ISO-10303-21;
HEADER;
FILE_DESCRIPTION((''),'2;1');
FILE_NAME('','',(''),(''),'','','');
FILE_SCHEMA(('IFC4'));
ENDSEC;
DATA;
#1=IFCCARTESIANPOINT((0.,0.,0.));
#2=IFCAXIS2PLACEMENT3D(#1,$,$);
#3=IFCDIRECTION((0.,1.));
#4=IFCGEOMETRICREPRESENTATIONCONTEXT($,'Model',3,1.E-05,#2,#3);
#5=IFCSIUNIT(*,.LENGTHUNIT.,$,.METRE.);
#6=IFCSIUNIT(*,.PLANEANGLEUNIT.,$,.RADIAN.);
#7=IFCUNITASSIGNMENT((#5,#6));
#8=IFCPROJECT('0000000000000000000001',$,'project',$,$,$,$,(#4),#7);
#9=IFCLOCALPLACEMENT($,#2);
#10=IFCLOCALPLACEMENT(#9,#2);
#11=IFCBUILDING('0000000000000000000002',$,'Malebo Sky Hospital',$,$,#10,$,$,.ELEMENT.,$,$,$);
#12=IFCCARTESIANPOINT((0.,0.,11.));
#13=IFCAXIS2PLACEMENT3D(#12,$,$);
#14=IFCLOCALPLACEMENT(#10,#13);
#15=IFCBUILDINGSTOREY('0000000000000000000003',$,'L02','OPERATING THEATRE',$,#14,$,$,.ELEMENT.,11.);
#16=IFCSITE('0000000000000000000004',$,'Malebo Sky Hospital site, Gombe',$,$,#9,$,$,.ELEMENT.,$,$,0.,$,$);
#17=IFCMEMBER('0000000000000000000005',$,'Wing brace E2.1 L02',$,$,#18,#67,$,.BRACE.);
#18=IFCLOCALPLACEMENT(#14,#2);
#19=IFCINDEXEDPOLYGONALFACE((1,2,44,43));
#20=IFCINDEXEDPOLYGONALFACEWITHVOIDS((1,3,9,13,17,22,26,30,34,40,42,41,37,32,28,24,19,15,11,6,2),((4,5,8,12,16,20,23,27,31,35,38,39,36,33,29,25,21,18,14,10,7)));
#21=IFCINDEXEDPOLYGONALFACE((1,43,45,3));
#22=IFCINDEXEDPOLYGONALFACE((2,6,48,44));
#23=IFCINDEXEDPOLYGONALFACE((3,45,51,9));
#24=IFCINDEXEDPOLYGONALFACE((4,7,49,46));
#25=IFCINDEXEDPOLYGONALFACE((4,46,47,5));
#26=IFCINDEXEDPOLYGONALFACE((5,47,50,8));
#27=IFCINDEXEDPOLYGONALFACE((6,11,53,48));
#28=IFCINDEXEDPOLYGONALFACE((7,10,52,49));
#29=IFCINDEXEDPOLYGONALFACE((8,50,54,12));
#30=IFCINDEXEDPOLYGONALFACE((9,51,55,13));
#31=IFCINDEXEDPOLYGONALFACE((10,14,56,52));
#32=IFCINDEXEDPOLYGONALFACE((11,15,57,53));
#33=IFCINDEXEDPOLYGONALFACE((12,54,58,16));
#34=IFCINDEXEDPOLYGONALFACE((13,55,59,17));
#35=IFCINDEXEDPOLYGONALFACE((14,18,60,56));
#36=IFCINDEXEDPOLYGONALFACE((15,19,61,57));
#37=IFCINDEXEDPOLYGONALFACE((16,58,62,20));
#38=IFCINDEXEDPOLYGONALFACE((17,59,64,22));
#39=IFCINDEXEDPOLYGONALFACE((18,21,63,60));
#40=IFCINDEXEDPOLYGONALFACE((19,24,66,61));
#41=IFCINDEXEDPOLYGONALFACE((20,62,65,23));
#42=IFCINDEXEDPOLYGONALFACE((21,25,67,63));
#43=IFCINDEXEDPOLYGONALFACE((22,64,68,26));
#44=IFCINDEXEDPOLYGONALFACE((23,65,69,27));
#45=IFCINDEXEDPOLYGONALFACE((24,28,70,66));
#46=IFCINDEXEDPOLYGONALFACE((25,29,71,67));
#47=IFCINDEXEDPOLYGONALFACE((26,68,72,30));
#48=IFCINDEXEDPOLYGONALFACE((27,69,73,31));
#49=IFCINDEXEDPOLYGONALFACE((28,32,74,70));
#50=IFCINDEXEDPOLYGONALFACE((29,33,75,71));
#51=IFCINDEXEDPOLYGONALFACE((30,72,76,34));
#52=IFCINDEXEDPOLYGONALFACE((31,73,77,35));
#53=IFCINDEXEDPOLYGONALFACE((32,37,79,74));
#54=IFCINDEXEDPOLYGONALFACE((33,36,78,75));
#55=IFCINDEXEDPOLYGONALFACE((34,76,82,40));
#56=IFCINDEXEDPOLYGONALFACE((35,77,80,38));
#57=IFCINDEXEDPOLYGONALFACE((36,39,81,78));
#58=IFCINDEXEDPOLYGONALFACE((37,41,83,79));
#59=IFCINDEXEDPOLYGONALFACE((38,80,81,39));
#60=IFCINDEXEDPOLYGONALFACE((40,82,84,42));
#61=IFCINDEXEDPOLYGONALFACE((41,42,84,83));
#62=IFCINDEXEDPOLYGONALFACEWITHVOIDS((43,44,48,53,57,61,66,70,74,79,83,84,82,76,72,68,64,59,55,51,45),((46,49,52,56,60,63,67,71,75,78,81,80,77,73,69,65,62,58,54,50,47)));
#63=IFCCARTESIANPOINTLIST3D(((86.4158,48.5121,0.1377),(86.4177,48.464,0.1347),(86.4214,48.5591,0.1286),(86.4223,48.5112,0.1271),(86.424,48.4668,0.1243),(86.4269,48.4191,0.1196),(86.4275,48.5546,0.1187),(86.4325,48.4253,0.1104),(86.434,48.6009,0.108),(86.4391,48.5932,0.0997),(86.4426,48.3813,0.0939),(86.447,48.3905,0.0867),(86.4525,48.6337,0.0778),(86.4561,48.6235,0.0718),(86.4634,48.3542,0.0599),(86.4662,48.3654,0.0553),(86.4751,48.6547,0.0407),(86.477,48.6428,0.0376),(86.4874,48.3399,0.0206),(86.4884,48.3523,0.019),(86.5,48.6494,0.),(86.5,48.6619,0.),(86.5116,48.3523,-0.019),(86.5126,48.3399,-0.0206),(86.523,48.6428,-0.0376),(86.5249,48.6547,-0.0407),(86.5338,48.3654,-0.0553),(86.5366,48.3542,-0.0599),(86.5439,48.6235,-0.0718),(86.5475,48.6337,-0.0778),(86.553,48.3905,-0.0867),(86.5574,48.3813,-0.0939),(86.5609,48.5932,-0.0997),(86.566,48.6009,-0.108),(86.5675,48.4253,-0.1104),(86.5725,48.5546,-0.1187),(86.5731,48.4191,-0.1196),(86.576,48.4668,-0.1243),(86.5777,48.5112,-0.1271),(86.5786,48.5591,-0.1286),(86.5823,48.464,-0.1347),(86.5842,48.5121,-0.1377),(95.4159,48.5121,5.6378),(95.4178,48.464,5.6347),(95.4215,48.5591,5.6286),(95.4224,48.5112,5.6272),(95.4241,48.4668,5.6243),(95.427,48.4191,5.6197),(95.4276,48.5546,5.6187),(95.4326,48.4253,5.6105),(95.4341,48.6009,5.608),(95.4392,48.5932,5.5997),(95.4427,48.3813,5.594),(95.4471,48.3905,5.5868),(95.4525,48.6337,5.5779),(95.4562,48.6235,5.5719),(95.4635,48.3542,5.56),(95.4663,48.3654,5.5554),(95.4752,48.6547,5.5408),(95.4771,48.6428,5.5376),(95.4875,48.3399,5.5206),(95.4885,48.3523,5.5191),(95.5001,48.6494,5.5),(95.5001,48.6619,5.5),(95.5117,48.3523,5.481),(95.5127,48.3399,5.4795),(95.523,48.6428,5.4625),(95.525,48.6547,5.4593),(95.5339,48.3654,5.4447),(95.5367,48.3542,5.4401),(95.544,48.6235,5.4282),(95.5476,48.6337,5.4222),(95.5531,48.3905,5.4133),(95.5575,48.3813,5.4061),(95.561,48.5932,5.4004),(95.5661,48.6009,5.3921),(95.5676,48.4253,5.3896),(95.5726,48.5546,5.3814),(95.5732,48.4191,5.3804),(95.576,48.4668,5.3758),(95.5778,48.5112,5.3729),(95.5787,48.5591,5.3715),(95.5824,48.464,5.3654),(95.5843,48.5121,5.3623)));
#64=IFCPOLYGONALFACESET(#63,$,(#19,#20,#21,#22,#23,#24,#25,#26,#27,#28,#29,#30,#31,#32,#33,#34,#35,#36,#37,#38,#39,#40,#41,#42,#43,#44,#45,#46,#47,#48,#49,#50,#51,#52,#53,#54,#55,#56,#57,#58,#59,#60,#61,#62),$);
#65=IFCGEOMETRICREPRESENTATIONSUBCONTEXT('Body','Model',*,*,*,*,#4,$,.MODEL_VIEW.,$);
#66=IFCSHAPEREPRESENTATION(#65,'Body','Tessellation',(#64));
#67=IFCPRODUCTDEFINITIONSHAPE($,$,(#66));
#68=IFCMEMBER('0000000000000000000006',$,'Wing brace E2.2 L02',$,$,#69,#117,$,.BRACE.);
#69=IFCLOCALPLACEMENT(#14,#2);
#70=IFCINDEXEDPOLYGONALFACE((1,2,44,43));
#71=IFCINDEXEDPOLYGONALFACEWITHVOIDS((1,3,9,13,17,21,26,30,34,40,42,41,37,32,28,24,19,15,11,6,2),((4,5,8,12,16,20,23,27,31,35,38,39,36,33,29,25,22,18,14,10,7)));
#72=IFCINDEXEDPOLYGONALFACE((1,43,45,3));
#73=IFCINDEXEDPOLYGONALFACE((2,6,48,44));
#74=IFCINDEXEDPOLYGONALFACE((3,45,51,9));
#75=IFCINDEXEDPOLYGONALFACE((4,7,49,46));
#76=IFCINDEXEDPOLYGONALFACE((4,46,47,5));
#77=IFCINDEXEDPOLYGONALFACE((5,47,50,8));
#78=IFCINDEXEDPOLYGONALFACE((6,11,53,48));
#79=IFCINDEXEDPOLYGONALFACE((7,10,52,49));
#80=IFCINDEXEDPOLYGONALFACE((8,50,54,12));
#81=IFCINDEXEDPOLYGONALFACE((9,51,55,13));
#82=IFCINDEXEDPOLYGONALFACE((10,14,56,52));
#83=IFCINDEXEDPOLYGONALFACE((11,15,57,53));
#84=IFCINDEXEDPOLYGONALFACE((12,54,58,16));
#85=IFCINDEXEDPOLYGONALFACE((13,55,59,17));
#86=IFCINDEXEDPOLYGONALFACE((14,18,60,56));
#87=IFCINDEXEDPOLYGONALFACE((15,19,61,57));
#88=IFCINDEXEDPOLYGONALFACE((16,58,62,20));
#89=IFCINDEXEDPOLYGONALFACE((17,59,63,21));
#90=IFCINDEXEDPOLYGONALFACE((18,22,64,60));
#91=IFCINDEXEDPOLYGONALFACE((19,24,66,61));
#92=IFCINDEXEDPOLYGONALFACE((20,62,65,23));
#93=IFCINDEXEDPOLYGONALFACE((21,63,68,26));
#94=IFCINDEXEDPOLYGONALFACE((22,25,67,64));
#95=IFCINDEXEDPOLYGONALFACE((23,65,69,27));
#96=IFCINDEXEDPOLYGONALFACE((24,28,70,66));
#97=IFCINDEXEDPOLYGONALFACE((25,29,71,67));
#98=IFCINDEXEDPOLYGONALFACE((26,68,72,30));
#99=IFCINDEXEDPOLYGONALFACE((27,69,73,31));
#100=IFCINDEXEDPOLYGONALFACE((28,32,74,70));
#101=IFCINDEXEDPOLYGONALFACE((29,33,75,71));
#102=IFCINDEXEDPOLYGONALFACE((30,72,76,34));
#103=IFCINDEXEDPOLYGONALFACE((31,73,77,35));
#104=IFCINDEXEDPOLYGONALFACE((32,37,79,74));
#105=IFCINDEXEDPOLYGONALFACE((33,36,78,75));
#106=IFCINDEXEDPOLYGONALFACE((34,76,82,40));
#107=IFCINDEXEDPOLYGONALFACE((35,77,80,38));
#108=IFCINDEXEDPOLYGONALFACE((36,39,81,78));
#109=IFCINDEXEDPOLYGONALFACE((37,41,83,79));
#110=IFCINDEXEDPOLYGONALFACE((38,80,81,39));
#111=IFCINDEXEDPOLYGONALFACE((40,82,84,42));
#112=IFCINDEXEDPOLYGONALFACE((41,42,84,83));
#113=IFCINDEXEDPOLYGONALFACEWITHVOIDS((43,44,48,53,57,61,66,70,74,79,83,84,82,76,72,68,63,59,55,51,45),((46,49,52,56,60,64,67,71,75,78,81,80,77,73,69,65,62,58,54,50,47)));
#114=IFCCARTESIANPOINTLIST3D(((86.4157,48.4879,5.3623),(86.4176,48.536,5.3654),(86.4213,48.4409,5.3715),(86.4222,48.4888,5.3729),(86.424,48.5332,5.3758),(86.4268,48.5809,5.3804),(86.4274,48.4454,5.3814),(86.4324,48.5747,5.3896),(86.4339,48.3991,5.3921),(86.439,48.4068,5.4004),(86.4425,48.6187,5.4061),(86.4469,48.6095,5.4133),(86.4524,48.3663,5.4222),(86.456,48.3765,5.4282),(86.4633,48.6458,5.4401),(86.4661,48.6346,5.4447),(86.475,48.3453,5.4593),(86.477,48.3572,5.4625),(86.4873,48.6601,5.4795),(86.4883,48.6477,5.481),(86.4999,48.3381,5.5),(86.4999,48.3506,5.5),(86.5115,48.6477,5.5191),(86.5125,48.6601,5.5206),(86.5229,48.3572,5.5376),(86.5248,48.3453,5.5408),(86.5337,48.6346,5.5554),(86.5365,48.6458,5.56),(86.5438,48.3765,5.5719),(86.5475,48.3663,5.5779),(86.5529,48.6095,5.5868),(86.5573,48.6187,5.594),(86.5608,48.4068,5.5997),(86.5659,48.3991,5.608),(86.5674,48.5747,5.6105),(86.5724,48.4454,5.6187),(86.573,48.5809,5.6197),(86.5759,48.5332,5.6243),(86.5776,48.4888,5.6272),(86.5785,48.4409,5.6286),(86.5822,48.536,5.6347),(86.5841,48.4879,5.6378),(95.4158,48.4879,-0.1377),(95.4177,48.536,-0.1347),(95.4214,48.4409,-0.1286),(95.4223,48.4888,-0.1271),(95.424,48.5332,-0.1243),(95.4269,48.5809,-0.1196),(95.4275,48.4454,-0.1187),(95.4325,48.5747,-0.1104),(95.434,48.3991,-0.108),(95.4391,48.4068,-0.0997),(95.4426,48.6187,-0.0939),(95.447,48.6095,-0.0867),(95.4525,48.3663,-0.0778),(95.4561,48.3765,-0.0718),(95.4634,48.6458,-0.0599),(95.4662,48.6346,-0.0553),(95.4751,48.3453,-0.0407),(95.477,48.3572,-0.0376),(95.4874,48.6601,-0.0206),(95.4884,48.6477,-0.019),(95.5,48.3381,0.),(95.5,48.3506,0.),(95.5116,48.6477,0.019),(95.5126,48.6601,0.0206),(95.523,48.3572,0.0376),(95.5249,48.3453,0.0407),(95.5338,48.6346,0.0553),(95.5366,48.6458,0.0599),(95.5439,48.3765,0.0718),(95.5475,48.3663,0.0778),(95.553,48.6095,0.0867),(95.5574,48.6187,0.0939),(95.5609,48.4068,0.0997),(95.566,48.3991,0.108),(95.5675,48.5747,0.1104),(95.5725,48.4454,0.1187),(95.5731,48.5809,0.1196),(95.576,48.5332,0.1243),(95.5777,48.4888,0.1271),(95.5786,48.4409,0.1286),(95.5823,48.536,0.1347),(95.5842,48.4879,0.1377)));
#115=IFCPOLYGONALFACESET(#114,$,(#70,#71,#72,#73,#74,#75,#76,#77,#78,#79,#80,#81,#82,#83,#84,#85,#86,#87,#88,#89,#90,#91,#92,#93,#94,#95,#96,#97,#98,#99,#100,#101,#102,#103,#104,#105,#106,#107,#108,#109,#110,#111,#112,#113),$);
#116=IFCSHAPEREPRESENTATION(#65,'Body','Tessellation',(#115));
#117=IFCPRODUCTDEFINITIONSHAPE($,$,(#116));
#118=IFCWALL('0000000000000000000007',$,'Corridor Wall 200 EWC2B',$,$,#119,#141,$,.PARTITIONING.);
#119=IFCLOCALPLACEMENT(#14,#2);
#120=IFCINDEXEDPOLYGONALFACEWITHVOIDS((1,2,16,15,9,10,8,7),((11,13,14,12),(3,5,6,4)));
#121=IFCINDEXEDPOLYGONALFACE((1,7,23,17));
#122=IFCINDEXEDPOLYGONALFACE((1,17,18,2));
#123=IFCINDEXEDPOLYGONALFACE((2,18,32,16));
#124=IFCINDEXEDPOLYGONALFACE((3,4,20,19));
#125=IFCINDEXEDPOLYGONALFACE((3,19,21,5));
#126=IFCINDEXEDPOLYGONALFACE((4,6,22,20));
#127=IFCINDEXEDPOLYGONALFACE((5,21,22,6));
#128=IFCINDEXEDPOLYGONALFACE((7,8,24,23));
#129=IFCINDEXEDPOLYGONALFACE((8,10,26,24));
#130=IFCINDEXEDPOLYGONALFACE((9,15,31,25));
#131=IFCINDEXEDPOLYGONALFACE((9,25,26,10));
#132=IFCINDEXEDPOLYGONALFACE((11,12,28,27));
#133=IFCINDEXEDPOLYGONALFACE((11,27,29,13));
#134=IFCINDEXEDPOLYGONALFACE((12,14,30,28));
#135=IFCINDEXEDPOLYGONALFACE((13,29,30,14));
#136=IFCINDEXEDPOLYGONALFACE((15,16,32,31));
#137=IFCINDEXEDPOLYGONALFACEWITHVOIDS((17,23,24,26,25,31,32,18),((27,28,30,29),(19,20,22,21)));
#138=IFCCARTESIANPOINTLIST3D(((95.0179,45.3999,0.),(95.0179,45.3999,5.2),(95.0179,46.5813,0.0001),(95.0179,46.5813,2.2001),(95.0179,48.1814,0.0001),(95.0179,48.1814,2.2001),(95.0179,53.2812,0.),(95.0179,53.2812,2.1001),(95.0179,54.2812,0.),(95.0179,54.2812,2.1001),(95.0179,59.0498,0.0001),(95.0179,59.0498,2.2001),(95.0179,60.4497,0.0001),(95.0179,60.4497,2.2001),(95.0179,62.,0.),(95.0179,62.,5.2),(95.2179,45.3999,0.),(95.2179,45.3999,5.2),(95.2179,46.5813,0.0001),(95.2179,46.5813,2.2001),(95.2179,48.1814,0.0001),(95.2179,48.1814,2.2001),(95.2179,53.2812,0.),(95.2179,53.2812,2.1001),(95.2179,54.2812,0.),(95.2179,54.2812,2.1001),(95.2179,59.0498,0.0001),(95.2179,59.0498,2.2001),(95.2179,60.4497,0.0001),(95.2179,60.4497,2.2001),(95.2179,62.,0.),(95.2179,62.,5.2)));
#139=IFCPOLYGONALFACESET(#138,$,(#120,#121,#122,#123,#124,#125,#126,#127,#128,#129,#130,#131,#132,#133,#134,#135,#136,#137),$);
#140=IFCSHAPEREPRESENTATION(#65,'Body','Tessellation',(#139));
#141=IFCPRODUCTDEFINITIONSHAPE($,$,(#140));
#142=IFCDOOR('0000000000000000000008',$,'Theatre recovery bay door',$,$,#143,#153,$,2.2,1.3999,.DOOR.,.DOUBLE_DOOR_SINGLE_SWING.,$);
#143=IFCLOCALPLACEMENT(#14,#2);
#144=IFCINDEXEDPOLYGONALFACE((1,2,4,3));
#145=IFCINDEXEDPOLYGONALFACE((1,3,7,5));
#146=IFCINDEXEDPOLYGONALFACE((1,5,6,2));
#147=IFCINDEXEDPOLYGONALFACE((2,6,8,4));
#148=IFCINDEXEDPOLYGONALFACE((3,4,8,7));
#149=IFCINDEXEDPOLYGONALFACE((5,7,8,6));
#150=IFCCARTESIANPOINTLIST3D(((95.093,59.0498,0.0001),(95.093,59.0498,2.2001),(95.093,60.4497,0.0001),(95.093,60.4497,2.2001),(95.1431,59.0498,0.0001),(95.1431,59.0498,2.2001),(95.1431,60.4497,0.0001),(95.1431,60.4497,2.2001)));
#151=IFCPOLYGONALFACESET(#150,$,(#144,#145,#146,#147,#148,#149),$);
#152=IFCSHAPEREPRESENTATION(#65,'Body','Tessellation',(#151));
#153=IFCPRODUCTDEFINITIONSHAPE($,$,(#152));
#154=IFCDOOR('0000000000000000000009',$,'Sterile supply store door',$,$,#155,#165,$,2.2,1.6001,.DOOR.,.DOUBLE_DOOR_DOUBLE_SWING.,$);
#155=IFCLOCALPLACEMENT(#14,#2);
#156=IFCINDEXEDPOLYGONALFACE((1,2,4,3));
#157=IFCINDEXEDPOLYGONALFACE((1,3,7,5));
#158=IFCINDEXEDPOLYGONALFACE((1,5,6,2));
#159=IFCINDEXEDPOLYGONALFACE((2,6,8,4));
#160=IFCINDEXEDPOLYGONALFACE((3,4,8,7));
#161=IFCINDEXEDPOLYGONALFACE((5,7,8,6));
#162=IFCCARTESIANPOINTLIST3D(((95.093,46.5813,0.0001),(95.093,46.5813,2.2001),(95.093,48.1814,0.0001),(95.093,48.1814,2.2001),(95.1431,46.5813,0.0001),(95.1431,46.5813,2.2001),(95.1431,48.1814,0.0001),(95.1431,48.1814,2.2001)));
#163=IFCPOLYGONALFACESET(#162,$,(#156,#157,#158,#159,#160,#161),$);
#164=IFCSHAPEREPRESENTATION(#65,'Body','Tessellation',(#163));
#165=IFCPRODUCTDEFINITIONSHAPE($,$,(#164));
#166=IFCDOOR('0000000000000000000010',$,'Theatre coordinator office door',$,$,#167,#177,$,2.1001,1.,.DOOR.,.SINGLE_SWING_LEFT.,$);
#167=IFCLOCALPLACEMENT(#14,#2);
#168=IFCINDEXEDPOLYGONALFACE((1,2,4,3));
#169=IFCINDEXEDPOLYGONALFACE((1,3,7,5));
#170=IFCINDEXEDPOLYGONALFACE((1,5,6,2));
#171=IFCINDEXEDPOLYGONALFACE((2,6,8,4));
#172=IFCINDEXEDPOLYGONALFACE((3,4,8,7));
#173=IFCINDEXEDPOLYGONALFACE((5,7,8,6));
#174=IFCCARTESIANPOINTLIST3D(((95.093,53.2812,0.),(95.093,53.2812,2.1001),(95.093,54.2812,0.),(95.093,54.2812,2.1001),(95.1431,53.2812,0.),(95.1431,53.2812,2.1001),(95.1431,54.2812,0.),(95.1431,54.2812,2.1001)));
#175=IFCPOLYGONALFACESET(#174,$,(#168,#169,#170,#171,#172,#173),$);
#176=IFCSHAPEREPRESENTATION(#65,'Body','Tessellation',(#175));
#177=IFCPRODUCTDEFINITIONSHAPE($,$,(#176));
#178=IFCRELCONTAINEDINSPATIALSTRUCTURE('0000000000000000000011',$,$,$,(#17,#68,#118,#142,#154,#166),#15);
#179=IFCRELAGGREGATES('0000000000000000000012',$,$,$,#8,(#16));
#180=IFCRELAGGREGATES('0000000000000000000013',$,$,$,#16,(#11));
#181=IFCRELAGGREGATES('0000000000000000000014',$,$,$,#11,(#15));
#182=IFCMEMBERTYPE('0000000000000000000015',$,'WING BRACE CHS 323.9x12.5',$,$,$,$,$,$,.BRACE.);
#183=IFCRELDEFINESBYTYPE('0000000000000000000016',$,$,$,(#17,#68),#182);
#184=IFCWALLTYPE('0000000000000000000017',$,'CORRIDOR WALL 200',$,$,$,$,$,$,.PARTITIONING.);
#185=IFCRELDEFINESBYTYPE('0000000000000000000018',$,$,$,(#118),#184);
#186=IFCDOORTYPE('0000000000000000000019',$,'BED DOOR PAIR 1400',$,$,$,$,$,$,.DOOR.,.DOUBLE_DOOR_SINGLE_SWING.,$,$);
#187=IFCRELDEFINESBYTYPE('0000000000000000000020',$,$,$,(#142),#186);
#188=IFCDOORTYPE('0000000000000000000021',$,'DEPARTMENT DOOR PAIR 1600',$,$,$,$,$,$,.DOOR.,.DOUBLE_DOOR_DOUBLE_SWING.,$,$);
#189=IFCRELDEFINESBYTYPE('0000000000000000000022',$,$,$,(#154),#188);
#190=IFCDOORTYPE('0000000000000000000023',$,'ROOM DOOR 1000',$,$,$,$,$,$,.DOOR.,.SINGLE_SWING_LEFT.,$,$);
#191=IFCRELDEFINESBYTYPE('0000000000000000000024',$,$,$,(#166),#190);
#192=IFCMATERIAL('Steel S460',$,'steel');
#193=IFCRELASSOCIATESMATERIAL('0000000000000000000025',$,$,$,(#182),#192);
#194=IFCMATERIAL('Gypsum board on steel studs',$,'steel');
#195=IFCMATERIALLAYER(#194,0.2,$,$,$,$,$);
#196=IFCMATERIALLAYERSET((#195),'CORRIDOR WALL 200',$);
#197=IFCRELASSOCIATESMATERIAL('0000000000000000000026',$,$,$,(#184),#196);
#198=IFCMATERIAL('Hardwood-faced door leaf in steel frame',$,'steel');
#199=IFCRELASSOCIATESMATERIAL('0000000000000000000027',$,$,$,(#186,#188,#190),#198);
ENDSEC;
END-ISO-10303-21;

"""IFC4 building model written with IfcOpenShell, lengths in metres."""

from ifc_helpers import new_model, si_unit, direction, frame, frame_2d, origin, origin_2d, place, context, subcontext, project, spatial, rectangle, hollow_circle, extrude, material, layer, layer_set, material_profile, profile_set, type_object, element, fill, save


model = new_model("IFC4")

# Units and contexts
model_context = context("Model", 3, precision=1e-05, world=origin(), true_north=direction((0.0, 1.0)))
body_context = subcontext(model_context, "Body", "Model", "MODEL_VIEW")
ifc_project = project(units=[si_unit("LENGTHUNIT", "METRE"), si_unit("PLANEANGLEUNIT", "RADIAN")], contexts=[model_context])

# Site, building, storey
site_placement = place(None, origin())
site = spatial("IfcSite", under=ifc_project, at=site_placement, Name="Malebo Sky Hospital site, Gombe", CompositionType="ELEMENT", RefElevation=0.0)
building_placement = place(site_placement, origin())
building = spatial("IfcBuilding", under=site, at=building_placement, Name="Malebo Sky Hospital", CompositionType="ELEMENT")
storey_placement = place(building_placement, frame((0.0, 0.0, 11.0)))
storey = spatial("IfcBuildingStorey", under=building, at=storey_placement, Name="L02", Description="OPERATING THEATRE", CompositionType="ELEMENT", Elevation=11.0)

# Members
ifc_material_1 = material(Name="Steel S460", Category="steel")
ifc_material_profile_1 = material_profile(ifc_material_1, hollow_circle(Radius=0.1619, WallThickness=0.0125, at=origin_2d()), Name="CHS 323.9x12.5")
ifc_profile_set_1 = profile_set([ifc_material_profile_1], Name="Steel S460")
member_type = type_object("IfcMemberType", Name="WING BRACE CHS 323.9x12.5", PredefinedType="BRACE", material=ifc_profile_set_1)
for number, where, z_axis, x_axis, name in (
    (1, (86.5, 48.5, 0.0), (0.853282, 0.0, 0.52145), (0.0, 1.0, 0.0), "Wing brace E2.1 L02"),
    (2, (95.5, 48.5, 0.0), (-0.853282, 0.0, 0.52145), (0.0, -1.0, 0.0), "Wing brace E2.2 L02"),
):
    element("IfcMember", number, at=place(storey_placement, frame(where, z_axis=z_axis, x_axis=x_axis)), inside=storey, type_object=member_type, Name=name, PredefinedType="BRACE", context=body_context, shape_type="SweptSolid", body=[
        extrude(hollow_circle(Radius=0.1619, WallThickness=0.0125, at=origin_2d()), origin(), (0.0, 0.0, 1.0), 10.5476),
    ])

# Wall, openings, doors
ifc_material_2 = material(Name="Gypsum board on steel studs", Category="steel")
ifc_layer_1 = layer(ifc_material_2, 0.2)
ifc_layer_set_1 = layer_set([ifc_layer_1], Name="CORRIDOR WALL 200")
wall_type_1 = type_object("IfcWallType", Name="CORRIDOR WALL 200", PredefinedType="PARTITIONING", material=ifc_layer_set_1)
wall_1_placement = place(storey_placement, frame((95.1179, 45.3999, 0.0), z_axis=(0.0, 0.0, 1.0), x_axis=(0.0, 1.0, 0.0)))
wall_1 = element("IfcWall", 3, at=wall_1_placement, inside=storey, type_object=wall_type_1, Name="Corridor Wall 200 EWC2B", PredefinedType="PARTITIONING", context=body_context, shape_type="SweptSolid", body=[
    extrude(rectangle(XDim=16.6001, YDim=0.2, at=frame_2d((8.3, 0.0))), origin(), (0.0, 0.0, 1.0), 5.2),
])
opening_1_placement = place(wall_1_placement, frame((1.1814, 0.0, 0.0)))
opening_1 = element("IfcOpeningElement", 4, at=opening_1_placement, cuts=wall_1, PredefinedType="OPENING", context=body_context, shape_type="SweptSolid", body=[
    extrude(rectangle(XDim=1.6001, YDim=2.2, at=frame_2d((0.8, 1.1001))), frame((0.0, 0.1099, 0.0), z_axis=(0.0, -1.0, 0.0), x_axis=(1.0, 0.0, 0.0)), (0.0, 0.0, 1.0), 0.22),
])
opening_2_placement = place(wall_1_placement, frame((7.8813, 0.0, 0.0)))
opening_2 = element("IfcOpeningElement", 5, at=opening_2_placement, cuts=wall_1, PredefinedType="OPENING", context=body_context, shape_type="SweptSolid", body=[
    extrude(rectangle(XDim=1.0, YDim=2.1001, at=frame_2d((0.5, 1.05))), frame((0.0, 0.1099, 0.0), z_axis=(0.0, -1.0, 0.0), x_axis=(1.0, 0.0, 0.0)), (0.0, 0.0, 1.0), 0.22),
])
opening_3_placement = place(wall_1_placement, frame((13.6499, 0.0, 0.0)))
opening_3 = element("IfcOpeningElement", 6, at=opening_3_placement, cuts=wall_1, PredefinedType="OPENING", context=body_context, shape_type="SweptSolid", body=[
    extrude(rectangle(XDim=1.3999, YDim=2.2, at=frame_2d((0.7, 1.1001))), frame((0.0, 0.1099, 0.0), z_axis=(0.0, -1.0, 0.0), x_axis=(1.0, 0.0, 0.0)), (0.0, 0.0, 1.0), 0.22),
])
ifc_material_3 = material(Name="Hardwood-faced door leaf in steel frame", Category="steel")
door_type_1 = type_object("IfcDoorType", Name="BED DOOR PAIR 1400", OperationType="DOUBLE_DOOR_SINGLE_SWING", PredefinedType="DOOR", material=ifc_material_3)
door_1_placement = place(opening_3_placement, origin())
door_1 = element("IfcDoor", 7, at=door_1_placement, inside=storey, type_object=door_type_1, Name="Theatre recovery bay door", OperationType="DOUBLE_DOOR_SINGLE_SWING", OverallHeight=2.2, OverallWidth=1.3999, PredefinedType="DOOR", context=body_context, shape_type="SweptSolid", body=[
    extrude(rectangle(XDim=1.3999, YDim=2.2, at=frame_2d((0.7, 1.1001))), frame((0.0, 0.0249, 0.0), z_axis=(0.0, -1.0, 0.0), x_axis=(1.0, 0.0, 0.0)), (0.0, 0.0, 1.0), 0.05),
])
fill(opening_3, door_1)
door_type_2 = type_object("IfcDoorType", Name="DEPARTMENT DOOR PAIR 1600", OperationType="DOUBLE_DOOR_DOUBLE_SWING", PredefinedType="DOOR", material=ifc_material_3)
door_2_placement = place(opening_1_placement, origin())
door_2 = element("IfcDoor", 8, at=door_2_placement, inside=storey, type_object=door_type_2, Name="Sterile supply store door", OperationType="DOUBLE_DOOR_DOUBLE_SWING", OverallHeight=2.2, OverallWidth=1.6001, PredefinedType="DOOR", context=body_context, shape_type="SweptSolid", body=[
    extrude(rectangle(XDim=1.6001, YDim=2.2, at=frame_2d((0.8, 1.1001))), frame((0.0, 0.0249, 0.0), z_axis=(0.0, -1.0, 0.0), x_axis=(1.0, 0.0, 0.0)), (0.0, 0.0, 1.0), 0.05),
])
fill(opening_1, door_2)
door_type_3 = type_object("IfcDoorType", Name="ROOM DOOR 1000", OperationType="SINGLE_SWING_LEFT", PredefinedType="DOOR", material=ifc_material_3)
door_3_placement = place(opening_2_placement, origin())
door_3 = element("IfcDoor", 9, at=door_3_placement, inside=storey, type_object=door_type_3, Name="Theatre coordinator office door", OperationType="SINGLE_SWING_LEFT", OverallHeight=2.1001, OverallWidth=1.0, PredefinedType="DOOR", context=body_context, shape_type="SweptSolid", body=[
    extrude(rectangle(XDim=1.0, YDim=2.1001, at=frame_2d((0.5, 1.05))), frame((0.0, 0.0249, 0.0), z_axis=(0.0, -1.0, 0.0), x_axis=(1.0, 0.0, 0.0)), (0.0, 0.0, 1.0), 0.05),
])
fill(opening_2, door_3)

save(model, "model.ifc")
